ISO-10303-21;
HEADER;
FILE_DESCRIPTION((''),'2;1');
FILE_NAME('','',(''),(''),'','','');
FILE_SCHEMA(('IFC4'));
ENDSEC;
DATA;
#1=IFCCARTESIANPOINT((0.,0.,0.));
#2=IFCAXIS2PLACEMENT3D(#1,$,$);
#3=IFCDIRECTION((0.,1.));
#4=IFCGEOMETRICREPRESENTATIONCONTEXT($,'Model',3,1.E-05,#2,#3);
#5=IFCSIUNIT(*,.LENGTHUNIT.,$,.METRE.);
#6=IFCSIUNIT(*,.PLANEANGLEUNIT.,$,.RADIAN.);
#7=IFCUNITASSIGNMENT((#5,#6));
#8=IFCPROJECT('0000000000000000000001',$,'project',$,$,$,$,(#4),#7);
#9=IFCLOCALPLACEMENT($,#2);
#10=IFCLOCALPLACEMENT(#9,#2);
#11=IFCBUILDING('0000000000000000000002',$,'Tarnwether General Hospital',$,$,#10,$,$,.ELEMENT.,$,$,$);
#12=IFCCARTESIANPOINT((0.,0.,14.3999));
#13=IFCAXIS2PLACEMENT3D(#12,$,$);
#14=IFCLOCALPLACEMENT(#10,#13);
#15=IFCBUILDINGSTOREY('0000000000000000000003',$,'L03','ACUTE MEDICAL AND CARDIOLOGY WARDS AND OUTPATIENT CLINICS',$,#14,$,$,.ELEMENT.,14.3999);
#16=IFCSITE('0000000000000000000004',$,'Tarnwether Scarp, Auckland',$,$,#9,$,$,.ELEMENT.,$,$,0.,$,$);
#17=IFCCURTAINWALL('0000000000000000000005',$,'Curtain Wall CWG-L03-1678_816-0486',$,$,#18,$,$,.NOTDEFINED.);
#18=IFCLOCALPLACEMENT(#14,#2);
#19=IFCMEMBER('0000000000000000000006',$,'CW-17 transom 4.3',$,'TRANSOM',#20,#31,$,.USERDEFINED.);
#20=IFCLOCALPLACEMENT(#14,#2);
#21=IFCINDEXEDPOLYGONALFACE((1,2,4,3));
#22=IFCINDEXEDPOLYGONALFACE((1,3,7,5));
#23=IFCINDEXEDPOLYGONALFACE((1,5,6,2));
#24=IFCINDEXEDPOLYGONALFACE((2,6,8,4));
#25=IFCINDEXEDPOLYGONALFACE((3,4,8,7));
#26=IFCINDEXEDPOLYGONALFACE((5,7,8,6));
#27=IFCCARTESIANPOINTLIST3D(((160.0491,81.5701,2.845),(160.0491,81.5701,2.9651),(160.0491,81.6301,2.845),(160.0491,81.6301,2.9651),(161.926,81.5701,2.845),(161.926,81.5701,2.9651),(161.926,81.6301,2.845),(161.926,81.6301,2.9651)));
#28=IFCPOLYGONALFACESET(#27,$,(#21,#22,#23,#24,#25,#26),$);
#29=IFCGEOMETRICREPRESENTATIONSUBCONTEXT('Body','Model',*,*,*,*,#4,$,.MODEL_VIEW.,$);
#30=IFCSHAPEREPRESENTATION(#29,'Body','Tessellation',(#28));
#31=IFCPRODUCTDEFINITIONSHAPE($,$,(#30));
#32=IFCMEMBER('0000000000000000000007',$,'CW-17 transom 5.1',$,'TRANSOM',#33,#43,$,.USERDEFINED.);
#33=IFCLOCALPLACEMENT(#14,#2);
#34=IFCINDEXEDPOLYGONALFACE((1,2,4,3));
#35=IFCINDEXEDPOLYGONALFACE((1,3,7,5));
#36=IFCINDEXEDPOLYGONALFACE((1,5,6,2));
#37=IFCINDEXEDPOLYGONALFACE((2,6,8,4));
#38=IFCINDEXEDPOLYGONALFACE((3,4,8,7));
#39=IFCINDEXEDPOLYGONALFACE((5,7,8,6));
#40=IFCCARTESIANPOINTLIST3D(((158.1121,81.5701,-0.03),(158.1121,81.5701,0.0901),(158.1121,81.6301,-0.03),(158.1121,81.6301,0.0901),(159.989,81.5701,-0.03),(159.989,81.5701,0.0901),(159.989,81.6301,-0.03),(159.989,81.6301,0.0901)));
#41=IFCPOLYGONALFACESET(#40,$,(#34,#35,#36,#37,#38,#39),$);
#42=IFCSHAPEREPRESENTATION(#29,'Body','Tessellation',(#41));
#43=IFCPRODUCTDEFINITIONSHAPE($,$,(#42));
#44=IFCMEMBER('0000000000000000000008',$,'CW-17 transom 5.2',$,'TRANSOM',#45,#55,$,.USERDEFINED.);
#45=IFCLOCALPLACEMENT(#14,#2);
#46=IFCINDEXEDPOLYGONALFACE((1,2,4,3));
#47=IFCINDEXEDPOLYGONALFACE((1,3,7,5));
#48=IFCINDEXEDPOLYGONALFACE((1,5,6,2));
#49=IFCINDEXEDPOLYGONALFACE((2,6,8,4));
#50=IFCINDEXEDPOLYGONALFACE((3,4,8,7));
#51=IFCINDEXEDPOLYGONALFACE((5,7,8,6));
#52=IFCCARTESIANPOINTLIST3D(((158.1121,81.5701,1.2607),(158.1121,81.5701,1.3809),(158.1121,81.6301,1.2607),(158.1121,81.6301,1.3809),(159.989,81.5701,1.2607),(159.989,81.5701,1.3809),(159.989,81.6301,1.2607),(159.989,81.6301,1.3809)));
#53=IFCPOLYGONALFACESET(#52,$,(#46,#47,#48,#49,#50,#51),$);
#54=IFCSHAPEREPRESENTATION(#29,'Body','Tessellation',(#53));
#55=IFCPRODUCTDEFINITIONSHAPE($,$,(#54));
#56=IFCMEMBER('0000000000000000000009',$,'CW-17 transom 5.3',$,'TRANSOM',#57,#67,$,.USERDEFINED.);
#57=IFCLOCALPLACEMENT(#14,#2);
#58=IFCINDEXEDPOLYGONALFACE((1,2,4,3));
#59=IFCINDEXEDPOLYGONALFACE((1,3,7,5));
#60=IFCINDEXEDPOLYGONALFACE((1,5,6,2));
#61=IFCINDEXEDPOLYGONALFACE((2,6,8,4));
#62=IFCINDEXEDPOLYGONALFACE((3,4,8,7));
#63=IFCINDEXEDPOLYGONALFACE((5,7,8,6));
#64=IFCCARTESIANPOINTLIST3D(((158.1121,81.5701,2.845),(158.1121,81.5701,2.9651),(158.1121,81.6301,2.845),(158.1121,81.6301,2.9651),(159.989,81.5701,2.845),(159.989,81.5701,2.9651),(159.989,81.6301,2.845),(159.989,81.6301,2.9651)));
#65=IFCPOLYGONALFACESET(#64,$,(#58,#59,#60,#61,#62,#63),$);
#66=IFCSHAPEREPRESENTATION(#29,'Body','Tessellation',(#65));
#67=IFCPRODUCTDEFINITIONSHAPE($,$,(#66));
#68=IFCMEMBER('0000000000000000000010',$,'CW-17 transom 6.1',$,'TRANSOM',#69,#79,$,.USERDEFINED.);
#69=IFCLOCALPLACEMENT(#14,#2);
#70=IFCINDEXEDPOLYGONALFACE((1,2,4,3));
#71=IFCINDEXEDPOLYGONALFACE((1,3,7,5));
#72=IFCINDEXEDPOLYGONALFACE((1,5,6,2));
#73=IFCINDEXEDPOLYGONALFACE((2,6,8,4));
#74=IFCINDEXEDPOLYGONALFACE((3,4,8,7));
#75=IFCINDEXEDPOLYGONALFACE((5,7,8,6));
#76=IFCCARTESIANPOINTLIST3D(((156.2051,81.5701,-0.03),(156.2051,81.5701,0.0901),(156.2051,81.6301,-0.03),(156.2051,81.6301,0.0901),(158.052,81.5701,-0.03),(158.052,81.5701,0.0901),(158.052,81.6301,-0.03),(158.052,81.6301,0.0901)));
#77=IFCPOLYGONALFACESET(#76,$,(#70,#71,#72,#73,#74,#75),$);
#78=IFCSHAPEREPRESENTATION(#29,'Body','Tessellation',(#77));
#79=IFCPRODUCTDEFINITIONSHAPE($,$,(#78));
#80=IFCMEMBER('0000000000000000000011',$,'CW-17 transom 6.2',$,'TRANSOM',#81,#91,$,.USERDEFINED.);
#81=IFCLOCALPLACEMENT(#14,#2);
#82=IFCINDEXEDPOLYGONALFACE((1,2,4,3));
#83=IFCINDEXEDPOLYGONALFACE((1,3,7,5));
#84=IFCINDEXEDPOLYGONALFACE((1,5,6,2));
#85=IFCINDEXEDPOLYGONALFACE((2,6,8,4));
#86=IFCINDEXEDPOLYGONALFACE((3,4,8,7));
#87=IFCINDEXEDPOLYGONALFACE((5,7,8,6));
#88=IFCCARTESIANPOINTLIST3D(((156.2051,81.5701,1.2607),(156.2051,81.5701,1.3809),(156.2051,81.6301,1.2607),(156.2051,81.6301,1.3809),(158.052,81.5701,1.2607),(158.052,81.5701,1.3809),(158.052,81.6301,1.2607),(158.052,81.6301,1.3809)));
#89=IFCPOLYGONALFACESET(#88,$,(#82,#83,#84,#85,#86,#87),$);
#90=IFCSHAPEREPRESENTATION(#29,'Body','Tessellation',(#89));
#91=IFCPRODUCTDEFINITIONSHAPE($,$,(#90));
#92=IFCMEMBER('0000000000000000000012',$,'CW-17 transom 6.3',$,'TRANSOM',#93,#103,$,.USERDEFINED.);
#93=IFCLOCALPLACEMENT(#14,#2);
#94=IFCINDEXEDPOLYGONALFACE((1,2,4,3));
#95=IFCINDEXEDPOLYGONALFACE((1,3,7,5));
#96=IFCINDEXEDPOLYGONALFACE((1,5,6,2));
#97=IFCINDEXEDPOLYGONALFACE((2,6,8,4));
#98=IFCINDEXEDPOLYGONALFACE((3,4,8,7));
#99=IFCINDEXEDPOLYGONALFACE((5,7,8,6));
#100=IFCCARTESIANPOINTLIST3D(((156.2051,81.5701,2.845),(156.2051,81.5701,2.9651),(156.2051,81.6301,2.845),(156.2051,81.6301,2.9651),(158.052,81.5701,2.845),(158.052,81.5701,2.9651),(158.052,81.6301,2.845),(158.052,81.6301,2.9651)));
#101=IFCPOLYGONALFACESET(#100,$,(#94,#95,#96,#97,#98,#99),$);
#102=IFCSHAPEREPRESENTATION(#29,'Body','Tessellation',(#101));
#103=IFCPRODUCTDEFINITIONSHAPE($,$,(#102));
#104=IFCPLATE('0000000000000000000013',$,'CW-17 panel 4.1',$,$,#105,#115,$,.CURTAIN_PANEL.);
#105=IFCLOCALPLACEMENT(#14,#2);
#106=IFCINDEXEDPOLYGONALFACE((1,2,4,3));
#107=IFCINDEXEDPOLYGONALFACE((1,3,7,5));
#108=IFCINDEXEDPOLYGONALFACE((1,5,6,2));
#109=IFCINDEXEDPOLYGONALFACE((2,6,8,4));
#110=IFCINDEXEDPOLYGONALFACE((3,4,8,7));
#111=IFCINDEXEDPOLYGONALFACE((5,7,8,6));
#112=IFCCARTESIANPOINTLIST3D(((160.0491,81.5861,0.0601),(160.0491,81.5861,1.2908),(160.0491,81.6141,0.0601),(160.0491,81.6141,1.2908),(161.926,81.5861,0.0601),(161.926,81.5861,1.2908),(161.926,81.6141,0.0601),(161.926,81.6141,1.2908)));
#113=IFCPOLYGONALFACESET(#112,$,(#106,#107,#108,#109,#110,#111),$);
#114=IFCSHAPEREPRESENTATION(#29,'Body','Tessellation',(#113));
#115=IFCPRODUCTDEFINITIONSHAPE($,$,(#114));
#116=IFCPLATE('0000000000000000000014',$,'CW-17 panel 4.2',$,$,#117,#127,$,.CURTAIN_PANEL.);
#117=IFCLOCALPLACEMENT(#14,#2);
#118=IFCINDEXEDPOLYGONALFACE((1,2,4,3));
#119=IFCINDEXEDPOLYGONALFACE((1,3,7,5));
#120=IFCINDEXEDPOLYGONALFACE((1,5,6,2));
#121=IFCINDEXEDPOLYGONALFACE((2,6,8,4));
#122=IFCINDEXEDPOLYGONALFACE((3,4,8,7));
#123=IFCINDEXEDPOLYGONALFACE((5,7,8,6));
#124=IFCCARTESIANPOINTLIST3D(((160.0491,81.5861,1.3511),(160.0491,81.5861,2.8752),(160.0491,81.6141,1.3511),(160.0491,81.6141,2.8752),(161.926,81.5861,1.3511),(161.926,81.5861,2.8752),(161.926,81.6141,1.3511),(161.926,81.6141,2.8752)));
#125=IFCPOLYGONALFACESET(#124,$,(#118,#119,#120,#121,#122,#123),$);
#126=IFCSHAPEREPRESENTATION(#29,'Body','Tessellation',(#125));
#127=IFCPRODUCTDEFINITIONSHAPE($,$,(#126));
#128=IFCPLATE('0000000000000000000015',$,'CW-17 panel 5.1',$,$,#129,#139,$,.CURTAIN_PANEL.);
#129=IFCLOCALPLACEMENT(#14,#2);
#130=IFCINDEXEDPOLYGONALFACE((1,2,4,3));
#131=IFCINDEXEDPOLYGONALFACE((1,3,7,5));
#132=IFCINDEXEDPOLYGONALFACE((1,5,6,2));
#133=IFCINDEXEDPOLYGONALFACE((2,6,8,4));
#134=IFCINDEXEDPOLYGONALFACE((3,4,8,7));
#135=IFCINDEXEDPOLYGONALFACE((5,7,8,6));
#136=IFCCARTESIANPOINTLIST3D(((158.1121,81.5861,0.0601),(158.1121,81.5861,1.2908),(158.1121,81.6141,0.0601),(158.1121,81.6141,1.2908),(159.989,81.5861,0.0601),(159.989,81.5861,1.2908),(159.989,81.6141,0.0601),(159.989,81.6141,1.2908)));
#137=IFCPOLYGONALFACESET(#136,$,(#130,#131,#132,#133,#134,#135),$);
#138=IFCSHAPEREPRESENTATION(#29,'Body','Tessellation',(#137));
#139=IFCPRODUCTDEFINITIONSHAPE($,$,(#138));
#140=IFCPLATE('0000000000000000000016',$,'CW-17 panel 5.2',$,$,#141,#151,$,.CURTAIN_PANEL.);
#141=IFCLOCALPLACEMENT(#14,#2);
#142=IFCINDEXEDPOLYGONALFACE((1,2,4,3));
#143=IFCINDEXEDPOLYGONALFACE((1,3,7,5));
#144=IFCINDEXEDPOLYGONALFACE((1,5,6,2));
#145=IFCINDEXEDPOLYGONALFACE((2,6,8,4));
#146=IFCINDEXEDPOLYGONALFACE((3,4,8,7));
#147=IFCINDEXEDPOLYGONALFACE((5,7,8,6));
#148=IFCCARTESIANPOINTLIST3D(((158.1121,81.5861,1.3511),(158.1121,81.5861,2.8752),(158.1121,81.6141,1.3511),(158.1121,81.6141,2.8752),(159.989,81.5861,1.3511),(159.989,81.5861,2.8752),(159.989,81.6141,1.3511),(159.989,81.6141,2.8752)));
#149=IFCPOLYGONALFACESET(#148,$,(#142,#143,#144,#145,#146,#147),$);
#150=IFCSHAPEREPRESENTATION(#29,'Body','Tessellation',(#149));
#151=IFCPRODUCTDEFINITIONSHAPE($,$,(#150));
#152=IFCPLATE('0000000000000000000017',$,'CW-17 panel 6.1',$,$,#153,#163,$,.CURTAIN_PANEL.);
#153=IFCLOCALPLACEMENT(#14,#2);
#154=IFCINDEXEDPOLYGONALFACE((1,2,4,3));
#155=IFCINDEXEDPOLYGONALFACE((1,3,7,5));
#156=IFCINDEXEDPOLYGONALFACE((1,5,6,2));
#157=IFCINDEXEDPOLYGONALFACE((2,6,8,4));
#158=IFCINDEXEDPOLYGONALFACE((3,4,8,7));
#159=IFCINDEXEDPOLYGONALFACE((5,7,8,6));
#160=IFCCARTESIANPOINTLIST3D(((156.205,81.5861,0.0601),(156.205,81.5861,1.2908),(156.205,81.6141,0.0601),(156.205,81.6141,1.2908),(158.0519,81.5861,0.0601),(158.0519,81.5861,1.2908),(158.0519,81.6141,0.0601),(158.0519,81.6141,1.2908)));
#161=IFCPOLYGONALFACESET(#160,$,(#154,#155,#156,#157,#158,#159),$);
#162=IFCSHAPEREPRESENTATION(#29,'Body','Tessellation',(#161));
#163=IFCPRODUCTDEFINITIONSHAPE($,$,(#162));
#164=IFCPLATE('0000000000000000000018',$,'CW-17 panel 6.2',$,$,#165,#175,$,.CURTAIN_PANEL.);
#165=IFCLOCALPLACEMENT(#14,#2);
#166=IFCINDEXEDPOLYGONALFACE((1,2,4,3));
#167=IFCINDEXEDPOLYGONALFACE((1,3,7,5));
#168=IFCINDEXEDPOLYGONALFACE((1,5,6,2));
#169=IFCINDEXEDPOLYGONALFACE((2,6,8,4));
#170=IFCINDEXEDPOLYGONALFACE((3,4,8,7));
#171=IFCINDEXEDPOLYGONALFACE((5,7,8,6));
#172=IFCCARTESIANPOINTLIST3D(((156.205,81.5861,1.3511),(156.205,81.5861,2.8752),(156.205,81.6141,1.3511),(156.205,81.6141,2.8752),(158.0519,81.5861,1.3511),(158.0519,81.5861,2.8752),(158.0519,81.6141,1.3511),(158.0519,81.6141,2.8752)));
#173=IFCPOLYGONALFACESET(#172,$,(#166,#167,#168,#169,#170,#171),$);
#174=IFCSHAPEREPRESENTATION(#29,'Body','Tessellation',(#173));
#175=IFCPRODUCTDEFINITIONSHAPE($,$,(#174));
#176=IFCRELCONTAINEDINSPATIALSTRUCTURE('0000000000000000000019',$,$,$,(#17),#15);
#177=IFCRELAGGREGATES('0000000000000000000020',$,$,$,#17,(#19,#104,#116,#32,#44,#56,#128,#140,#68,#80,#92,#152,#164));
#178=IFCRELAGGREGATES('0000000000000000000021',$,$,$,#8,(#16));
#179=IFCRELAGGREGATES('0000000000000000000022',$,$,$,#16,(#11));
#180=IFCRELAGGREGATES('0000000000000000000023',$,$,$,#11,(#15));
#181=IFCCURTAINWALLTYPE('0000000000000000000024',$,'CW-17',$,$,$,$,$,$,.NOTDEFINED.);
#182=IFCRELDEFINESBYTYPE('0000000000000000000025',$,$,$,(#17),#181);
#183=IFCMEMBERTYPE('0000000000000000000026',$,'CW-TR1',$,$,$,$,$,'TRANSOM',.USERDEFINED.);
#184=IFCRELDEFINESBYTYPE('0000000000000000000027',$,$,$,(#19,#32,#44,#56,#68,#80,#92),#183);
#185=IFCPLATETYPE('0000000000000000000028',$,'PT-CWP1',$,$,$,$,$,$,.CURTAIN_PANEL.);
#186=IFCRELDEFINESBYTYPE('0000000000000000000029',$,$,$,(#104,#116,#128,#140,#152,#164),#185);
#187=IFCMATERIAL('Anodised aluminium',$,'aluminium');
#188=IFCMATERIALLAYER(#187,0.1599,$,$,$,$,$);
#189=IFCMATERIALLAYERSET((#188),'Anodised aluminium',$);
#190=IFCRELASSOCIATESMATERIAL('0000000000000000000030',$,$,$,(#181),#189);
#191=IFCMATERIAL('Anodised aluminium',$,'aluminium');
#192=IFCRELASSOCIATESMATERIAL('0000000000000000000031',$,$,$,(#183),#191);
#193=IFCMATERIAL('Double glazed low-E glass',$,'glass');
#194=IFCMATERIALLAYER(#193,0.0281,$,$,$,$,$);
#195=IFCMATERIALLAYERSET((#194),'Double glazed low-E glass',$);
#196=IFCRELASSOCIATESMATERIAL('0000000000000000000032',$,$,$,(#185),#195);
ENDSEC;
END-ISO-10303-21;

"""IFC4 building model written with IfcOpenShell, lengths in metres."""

from ifc_helpers import new_model, si_unit, direction, frame, origin, origin_2d, place, context, subcontext, project, spatial, rectangle, extrude, material, layer, layer_set, material_profile, profile_set, type_object, element, aggregate, save


model = new_model("IFC4")

# Units and contexts
model_context = context("Model", 3, precision=1e-05, world=origin(), true_north=direction((0.0, 1.0)))
body_context = subcontext(model_context, "Body", "Model", "MODEL_VIEW")
ifc_project = project(units=[si_unit("LENGTHUNIT", "METRE"), si_unit("PLANEANGLEUNIT", "RADIAN")], contexts=[model_context])

# Site, building, storey
site_placement = place(None, origin())
site = spatial("IfcSite", under=ifc_project, at=site_placement, Name="Tarnwether Scarp, Auckland", CompositionType="ELEMENT", RefElevation=0.0)
building_placement = place(site_placement, origin())
building = spatial("IfcBuilding", under=site, at=building_placement, Name="Tarnwether General Hospital", CompositionType="ELEMENT")
storey_placement = place(building_placement, frame((0.0, 0.0, 14.3999)))
storey = spatial("IfcBuildingStorey", under=building, at=storey_placement, Name="L03", Description="ACUTE MEDICAL AND CARDIOLOGY WARDS AND OUTPATIENT CLINICS", CompositionType="ELEMENT", Elevation=14.3999)

# Curtain wall, members, plates
ifc_material_1 = material(Name="Anodised aluminium", Category="aluminium")
ifc_layer_1 = layer(ifc_material_1, 0.1599)
ifc_layer_set_1 = layer_set([ifc_layer_1], Name="Anodised aluminium")
curtain_wall_type = type_object("IfcCurtainWallType", Name="CW-17", PredefinedType="NOTDEFINED", material=ifc_layer_set_1)
curtain_wall_placement = place(storey_placement, origin())
curtain_wall = element("IfcCurtainWall", 1, at=curtain_wall_placement, inside=storey, type_object=curtain_wall_type, Name="Curtain Wall CWG-L03-1678_816-0486", PredefinedType="NOTDEFINED")
ifc_material_2 = material(Name="Anodised aluminium", Category="aluminium")
ifc_material_profile_1 = material_profile(ifc_material_2, rectangle(XDim=0.0601, YDim=0.1201, at=origin_2d()), Name="ALU-TRN-60x120")
ifc_profile_set_1 = profile_set([ifc_material_profile_1], Name="Anodised aluminium")
member_type_1 = type_object("IfcMemberType", Name="CW-TR1", ElementType="TRANSOM", PredefinedType="USERDEFINED", material=ifc_profile_set_1)
member_1_placement = place(storey_placement, frame((161.926, 81.6001, 2.905), z_axis=(-1.0, 0.0, 0.0), x_axis=(0.0, -1.0, 0.0)))
member_1 = element("IfcMember", 2, at=member_1_placement, type_object=member_type_1, Name="CW-17 transom 4.3", ObjectType="TRANSOM", PredefinedType="USERDEFINED", context=body_context, shape_type="SweptSolid", body=[
    extrude(rectangle(XDim=0.0601, YDim=0.1201, at=origin_2d()), origin(), (0.0, 0.0, 1.0), 1.877),
])
member_2_placement = place(storey_placement, frame((159.989, 81.6001, 0.03), z_axis=(-1.0, 0.0, 0.0), x_axis=(0.0, -1.0, 0.0)))
member_2 = element("IfcMember", 3, at=member_2_placement, type_object=member_type_1, Name="CW-17 transom 5.1", ObjectType="TRANSOM", PredefinedType="USERDEFINED", context=body_context, shape_type="SweptSolid", body=[
    extrude(rectangle(XDim=0.0601, YDim=0.1201, at=origin_2d()), origin(), (0.0, 0.0, 1.0), 1.877),
])
member_3_placement = place(storey_placement, frame((159.989, 81.6001, 1.3208), z_axis=(-1.0, 0.0, 0.0), x_axis=(0.0, -1.0, 0.0)))
member_3 = element("IfcMember", 4, at=member_3_placement, type_object=member_type_1, Name="CW-17 transom 5.2", ObjectType="TRANSOM", PredefinedType="USERDEFINED", context=body_context, shape_type="SweptSolid", body=[
    extrude(rectangle(XDim=0.0601, YDim=0.1201, at=origin_2d()), origin(), (0.0, 0.0, 1.0), 1.877),
])
member_4_placement = place(storey_placement, frame((159.989, 81.6001, 2.905), z_axis=(-1.0, 0.0, 0.0), x_axis=(0.0, -1.0, 0.0)))
member_4 = element("IfcMember", 5, at=member_4_placement, type_object=member_type_1, Name="CW-17 transom 5.3", ObjectType="TRANSOM", PredefinedType="USERDEFINED", context=body_context, shape_type="SweptSolid", body=[
    extrude(rectangle(XDim=0.0601, YDim=0.1201, at=origin_2d()), origin(), (0.0, 0.0, 1.0), 1.877),
])
member_5_placement = place(storey_placement, frame((158.052, 81.6001, 0.03), z_axis=(-1.0, 0.0, 0.0), x_axis=(0.0, -1.0, 0.0)))
member_5 = element("IfcMember", 6, at=member_5_placement, type_object=member_type_1, Name="CW-17 transom 6.1", ObjectType="TRANSOM", PredefinedType="USERDEFINED", context=body_context, shape_type="SweptSolid", body=[
    extrude(rectangle(XDim=0.0601, YDim=0.1201, at=origin_2d()), origin(), (0.0, 0.0, 1.0), 1.8469),
])
member_6_placement = place(storey_placement, frame((158.052, 81.6001, 1.3208), z_axis=(-1.0, 0.0, 0.0), x_axis=(0.0, -1.0, 0.0)))
member_6 = element("IfcMember", 7, at=member_6_placement, type_object=member_type_1, Name="CW-17 transom 6.2", ObjectType="TRANSOM", PredefinedType="USERDEFINED", context=body_context, shape_type="SweptSolid", body=[
    extrude(rectangle(XDim=0.0601, YDim=0.1201, at=origin_2d()), origin(), (0.0, 0.0, 1.0), 1.8469),
])
member_7_placement = place(storey_placement, frame((158.052, 81.6001, 2.905), z_axis=(-1.0, 0.0, 0.0), x_axis=(0.0, -1.0, 0.0)))
member_7 = element("IfcMember", 8, at=member_7_placement, type_object=member_type_1, Name="CW-17 transom 6.3", ObjectType="TRANSOM", PredefinedType="USERDEFINED", context=body_context, shape_type="SweptSolid", body=[
    extrude(rectangle(XDim=0.0601, YDim=0.1201, at=origin_2d()), origin(), (0.0, 0.0, 1.0), 1.8469),
])
ifc_material_3 = material(Name="Double glazed low-E glass", Category="glass")
ifc_layer_2 = layer(ifc_material_3, 0.0281)
ifc_layer_set_2 = layer_set([ifc_layer_2], Name="Double glazed low-E glass")
plate_type = type_object("IfcPlateType", Name="PT-CWP1", PredefinedType="CURTAIN_PANEL", material=ifc_layer_set_2)
plate_1_placement = place(storey_placement, frame((160.9875, 81.6001, 0.0601), z_axis=(0.0, 0.0, 1.0), x_axis=(-1.0, 0.0, 0.0)))
plate_1 = element("IfcPlate", 9, at=plate_1_placement, type_object=plate_type, Name="CW-17 panel 4.1", PredefinedType="CURTAIN_PANEL", context=body_context, shape_type="SweptSolid", body=[
    extrude(rectangle(XDim=1.877, YDim=0.0281, at=origin_2d()), origin(), (0.0, 0.0, 1.0), 1.2307),
])
plate_2_placement = place(storey_placement, frame((160.9875, 81.6001, 1.3511), z_axis=(0.0, 0.0, 1.0), x_axis=(-1.0, 0.0, 0.0)))
plate_2 = element("IfcPlate", 10, at=plate_2_placement, type_object=plate_type, Name="CW-17 panel 4.2", PredefinedType="CURTAIN_PANEL", context=body_context, shape_type="SweptSolid", body=[
    extrude(rectangle(XDim=1.877, YDim=0.0281, at=origin_2d()), origin(), (0.0, 0.0, 1.0), 1.5242),
])
plate_3_placement = place(storey_placement, frame((159.0505, 81.6001, 0.0601), z_axis=(0.0, 0.0, 1.0), x_axis=(-1.0, 0.0, 0.0)))
plate_3 = element("IfcPlate", 11, at=plate_3_placement, type_object=plate_type, Name="CW-17 panel 5.1", PredefinedType="CURTAIN_PANEL", context=body_context, shape_type="SweptSolid", body=[
    extrude(rectangle(XDim=1.877, YDim=0.0281, at=origin_2d()), origin(), (0.0, 0.0, 1.0), 1.2307),
])
plate_4_placement = place(storey_placement, frame((159.0505, 81.6001, 1.3511), z_axis=(0.0, 0.0, 1.0), x_axis=(-1.0, 0.0, 0.0)))
plate_4 = element("IfcPlate", 12, at=plate_4_placement, type_object=plate_type, Name="CW-17 panel 5.2", PredefinedType="CURTAIN_PANEL", context=body_context, shape_type="SweptSolid", body=[
    extrude(rectangle(XDim=1.877, YDim=0.0281, at=origin_2d()), origin(), (0.0, 0.0, 1.0), 1.5242),
])
plate_5_placement = place(storey_placement, frame((157.1284, 81.6001, 0.0601), z_axis=(0.0, 0.0, 1.0), x_axis=(-1.0, 0.0, 0.0)))
plate_5 = element("IfcPlate", 13, at=plate_5_placement, type_object=plate_type, Name="CW-17 panel 6.1", PredefinedType="CURTAIN_PANEL", context=body_context, shape_type="SweptSolid", body=[
    extrude(rectangle(XDim=1.8469, YDim=0.0281, at=origin_2d()), origin(), (0.0, 0.0, 1.0), 1.2307),
])
plate_6_placement = place(storey_placement, frame((157.1284, 81.6001, 1.3511), z_axis=(0.0, 0.0, 1.0), x_axis=(-1.0, 0.0, 0.0)))
plate_6 = element("IfcPlate", 14, at=plate_6_placement, type_object=plate_type, Name="CW-17 panel 6.2", PredefinedType="CURTAIN_PANEL", context=body_context, shape_type="SweptSolid", body=[
    extrude(rectangle(XDim=1.8469, YDim=0.0281, at=origin_2d()), origin(), (0.0, 0.0, 1.0), 1.5242),
])
aggregate(curtain_wall, [member_1, plate_1, plate_2, member_2, member_3, member_4, plate_3, plate_4, member_5, member_6, member_7, plate_5, plate_6])

save(model, "model.ifc")
